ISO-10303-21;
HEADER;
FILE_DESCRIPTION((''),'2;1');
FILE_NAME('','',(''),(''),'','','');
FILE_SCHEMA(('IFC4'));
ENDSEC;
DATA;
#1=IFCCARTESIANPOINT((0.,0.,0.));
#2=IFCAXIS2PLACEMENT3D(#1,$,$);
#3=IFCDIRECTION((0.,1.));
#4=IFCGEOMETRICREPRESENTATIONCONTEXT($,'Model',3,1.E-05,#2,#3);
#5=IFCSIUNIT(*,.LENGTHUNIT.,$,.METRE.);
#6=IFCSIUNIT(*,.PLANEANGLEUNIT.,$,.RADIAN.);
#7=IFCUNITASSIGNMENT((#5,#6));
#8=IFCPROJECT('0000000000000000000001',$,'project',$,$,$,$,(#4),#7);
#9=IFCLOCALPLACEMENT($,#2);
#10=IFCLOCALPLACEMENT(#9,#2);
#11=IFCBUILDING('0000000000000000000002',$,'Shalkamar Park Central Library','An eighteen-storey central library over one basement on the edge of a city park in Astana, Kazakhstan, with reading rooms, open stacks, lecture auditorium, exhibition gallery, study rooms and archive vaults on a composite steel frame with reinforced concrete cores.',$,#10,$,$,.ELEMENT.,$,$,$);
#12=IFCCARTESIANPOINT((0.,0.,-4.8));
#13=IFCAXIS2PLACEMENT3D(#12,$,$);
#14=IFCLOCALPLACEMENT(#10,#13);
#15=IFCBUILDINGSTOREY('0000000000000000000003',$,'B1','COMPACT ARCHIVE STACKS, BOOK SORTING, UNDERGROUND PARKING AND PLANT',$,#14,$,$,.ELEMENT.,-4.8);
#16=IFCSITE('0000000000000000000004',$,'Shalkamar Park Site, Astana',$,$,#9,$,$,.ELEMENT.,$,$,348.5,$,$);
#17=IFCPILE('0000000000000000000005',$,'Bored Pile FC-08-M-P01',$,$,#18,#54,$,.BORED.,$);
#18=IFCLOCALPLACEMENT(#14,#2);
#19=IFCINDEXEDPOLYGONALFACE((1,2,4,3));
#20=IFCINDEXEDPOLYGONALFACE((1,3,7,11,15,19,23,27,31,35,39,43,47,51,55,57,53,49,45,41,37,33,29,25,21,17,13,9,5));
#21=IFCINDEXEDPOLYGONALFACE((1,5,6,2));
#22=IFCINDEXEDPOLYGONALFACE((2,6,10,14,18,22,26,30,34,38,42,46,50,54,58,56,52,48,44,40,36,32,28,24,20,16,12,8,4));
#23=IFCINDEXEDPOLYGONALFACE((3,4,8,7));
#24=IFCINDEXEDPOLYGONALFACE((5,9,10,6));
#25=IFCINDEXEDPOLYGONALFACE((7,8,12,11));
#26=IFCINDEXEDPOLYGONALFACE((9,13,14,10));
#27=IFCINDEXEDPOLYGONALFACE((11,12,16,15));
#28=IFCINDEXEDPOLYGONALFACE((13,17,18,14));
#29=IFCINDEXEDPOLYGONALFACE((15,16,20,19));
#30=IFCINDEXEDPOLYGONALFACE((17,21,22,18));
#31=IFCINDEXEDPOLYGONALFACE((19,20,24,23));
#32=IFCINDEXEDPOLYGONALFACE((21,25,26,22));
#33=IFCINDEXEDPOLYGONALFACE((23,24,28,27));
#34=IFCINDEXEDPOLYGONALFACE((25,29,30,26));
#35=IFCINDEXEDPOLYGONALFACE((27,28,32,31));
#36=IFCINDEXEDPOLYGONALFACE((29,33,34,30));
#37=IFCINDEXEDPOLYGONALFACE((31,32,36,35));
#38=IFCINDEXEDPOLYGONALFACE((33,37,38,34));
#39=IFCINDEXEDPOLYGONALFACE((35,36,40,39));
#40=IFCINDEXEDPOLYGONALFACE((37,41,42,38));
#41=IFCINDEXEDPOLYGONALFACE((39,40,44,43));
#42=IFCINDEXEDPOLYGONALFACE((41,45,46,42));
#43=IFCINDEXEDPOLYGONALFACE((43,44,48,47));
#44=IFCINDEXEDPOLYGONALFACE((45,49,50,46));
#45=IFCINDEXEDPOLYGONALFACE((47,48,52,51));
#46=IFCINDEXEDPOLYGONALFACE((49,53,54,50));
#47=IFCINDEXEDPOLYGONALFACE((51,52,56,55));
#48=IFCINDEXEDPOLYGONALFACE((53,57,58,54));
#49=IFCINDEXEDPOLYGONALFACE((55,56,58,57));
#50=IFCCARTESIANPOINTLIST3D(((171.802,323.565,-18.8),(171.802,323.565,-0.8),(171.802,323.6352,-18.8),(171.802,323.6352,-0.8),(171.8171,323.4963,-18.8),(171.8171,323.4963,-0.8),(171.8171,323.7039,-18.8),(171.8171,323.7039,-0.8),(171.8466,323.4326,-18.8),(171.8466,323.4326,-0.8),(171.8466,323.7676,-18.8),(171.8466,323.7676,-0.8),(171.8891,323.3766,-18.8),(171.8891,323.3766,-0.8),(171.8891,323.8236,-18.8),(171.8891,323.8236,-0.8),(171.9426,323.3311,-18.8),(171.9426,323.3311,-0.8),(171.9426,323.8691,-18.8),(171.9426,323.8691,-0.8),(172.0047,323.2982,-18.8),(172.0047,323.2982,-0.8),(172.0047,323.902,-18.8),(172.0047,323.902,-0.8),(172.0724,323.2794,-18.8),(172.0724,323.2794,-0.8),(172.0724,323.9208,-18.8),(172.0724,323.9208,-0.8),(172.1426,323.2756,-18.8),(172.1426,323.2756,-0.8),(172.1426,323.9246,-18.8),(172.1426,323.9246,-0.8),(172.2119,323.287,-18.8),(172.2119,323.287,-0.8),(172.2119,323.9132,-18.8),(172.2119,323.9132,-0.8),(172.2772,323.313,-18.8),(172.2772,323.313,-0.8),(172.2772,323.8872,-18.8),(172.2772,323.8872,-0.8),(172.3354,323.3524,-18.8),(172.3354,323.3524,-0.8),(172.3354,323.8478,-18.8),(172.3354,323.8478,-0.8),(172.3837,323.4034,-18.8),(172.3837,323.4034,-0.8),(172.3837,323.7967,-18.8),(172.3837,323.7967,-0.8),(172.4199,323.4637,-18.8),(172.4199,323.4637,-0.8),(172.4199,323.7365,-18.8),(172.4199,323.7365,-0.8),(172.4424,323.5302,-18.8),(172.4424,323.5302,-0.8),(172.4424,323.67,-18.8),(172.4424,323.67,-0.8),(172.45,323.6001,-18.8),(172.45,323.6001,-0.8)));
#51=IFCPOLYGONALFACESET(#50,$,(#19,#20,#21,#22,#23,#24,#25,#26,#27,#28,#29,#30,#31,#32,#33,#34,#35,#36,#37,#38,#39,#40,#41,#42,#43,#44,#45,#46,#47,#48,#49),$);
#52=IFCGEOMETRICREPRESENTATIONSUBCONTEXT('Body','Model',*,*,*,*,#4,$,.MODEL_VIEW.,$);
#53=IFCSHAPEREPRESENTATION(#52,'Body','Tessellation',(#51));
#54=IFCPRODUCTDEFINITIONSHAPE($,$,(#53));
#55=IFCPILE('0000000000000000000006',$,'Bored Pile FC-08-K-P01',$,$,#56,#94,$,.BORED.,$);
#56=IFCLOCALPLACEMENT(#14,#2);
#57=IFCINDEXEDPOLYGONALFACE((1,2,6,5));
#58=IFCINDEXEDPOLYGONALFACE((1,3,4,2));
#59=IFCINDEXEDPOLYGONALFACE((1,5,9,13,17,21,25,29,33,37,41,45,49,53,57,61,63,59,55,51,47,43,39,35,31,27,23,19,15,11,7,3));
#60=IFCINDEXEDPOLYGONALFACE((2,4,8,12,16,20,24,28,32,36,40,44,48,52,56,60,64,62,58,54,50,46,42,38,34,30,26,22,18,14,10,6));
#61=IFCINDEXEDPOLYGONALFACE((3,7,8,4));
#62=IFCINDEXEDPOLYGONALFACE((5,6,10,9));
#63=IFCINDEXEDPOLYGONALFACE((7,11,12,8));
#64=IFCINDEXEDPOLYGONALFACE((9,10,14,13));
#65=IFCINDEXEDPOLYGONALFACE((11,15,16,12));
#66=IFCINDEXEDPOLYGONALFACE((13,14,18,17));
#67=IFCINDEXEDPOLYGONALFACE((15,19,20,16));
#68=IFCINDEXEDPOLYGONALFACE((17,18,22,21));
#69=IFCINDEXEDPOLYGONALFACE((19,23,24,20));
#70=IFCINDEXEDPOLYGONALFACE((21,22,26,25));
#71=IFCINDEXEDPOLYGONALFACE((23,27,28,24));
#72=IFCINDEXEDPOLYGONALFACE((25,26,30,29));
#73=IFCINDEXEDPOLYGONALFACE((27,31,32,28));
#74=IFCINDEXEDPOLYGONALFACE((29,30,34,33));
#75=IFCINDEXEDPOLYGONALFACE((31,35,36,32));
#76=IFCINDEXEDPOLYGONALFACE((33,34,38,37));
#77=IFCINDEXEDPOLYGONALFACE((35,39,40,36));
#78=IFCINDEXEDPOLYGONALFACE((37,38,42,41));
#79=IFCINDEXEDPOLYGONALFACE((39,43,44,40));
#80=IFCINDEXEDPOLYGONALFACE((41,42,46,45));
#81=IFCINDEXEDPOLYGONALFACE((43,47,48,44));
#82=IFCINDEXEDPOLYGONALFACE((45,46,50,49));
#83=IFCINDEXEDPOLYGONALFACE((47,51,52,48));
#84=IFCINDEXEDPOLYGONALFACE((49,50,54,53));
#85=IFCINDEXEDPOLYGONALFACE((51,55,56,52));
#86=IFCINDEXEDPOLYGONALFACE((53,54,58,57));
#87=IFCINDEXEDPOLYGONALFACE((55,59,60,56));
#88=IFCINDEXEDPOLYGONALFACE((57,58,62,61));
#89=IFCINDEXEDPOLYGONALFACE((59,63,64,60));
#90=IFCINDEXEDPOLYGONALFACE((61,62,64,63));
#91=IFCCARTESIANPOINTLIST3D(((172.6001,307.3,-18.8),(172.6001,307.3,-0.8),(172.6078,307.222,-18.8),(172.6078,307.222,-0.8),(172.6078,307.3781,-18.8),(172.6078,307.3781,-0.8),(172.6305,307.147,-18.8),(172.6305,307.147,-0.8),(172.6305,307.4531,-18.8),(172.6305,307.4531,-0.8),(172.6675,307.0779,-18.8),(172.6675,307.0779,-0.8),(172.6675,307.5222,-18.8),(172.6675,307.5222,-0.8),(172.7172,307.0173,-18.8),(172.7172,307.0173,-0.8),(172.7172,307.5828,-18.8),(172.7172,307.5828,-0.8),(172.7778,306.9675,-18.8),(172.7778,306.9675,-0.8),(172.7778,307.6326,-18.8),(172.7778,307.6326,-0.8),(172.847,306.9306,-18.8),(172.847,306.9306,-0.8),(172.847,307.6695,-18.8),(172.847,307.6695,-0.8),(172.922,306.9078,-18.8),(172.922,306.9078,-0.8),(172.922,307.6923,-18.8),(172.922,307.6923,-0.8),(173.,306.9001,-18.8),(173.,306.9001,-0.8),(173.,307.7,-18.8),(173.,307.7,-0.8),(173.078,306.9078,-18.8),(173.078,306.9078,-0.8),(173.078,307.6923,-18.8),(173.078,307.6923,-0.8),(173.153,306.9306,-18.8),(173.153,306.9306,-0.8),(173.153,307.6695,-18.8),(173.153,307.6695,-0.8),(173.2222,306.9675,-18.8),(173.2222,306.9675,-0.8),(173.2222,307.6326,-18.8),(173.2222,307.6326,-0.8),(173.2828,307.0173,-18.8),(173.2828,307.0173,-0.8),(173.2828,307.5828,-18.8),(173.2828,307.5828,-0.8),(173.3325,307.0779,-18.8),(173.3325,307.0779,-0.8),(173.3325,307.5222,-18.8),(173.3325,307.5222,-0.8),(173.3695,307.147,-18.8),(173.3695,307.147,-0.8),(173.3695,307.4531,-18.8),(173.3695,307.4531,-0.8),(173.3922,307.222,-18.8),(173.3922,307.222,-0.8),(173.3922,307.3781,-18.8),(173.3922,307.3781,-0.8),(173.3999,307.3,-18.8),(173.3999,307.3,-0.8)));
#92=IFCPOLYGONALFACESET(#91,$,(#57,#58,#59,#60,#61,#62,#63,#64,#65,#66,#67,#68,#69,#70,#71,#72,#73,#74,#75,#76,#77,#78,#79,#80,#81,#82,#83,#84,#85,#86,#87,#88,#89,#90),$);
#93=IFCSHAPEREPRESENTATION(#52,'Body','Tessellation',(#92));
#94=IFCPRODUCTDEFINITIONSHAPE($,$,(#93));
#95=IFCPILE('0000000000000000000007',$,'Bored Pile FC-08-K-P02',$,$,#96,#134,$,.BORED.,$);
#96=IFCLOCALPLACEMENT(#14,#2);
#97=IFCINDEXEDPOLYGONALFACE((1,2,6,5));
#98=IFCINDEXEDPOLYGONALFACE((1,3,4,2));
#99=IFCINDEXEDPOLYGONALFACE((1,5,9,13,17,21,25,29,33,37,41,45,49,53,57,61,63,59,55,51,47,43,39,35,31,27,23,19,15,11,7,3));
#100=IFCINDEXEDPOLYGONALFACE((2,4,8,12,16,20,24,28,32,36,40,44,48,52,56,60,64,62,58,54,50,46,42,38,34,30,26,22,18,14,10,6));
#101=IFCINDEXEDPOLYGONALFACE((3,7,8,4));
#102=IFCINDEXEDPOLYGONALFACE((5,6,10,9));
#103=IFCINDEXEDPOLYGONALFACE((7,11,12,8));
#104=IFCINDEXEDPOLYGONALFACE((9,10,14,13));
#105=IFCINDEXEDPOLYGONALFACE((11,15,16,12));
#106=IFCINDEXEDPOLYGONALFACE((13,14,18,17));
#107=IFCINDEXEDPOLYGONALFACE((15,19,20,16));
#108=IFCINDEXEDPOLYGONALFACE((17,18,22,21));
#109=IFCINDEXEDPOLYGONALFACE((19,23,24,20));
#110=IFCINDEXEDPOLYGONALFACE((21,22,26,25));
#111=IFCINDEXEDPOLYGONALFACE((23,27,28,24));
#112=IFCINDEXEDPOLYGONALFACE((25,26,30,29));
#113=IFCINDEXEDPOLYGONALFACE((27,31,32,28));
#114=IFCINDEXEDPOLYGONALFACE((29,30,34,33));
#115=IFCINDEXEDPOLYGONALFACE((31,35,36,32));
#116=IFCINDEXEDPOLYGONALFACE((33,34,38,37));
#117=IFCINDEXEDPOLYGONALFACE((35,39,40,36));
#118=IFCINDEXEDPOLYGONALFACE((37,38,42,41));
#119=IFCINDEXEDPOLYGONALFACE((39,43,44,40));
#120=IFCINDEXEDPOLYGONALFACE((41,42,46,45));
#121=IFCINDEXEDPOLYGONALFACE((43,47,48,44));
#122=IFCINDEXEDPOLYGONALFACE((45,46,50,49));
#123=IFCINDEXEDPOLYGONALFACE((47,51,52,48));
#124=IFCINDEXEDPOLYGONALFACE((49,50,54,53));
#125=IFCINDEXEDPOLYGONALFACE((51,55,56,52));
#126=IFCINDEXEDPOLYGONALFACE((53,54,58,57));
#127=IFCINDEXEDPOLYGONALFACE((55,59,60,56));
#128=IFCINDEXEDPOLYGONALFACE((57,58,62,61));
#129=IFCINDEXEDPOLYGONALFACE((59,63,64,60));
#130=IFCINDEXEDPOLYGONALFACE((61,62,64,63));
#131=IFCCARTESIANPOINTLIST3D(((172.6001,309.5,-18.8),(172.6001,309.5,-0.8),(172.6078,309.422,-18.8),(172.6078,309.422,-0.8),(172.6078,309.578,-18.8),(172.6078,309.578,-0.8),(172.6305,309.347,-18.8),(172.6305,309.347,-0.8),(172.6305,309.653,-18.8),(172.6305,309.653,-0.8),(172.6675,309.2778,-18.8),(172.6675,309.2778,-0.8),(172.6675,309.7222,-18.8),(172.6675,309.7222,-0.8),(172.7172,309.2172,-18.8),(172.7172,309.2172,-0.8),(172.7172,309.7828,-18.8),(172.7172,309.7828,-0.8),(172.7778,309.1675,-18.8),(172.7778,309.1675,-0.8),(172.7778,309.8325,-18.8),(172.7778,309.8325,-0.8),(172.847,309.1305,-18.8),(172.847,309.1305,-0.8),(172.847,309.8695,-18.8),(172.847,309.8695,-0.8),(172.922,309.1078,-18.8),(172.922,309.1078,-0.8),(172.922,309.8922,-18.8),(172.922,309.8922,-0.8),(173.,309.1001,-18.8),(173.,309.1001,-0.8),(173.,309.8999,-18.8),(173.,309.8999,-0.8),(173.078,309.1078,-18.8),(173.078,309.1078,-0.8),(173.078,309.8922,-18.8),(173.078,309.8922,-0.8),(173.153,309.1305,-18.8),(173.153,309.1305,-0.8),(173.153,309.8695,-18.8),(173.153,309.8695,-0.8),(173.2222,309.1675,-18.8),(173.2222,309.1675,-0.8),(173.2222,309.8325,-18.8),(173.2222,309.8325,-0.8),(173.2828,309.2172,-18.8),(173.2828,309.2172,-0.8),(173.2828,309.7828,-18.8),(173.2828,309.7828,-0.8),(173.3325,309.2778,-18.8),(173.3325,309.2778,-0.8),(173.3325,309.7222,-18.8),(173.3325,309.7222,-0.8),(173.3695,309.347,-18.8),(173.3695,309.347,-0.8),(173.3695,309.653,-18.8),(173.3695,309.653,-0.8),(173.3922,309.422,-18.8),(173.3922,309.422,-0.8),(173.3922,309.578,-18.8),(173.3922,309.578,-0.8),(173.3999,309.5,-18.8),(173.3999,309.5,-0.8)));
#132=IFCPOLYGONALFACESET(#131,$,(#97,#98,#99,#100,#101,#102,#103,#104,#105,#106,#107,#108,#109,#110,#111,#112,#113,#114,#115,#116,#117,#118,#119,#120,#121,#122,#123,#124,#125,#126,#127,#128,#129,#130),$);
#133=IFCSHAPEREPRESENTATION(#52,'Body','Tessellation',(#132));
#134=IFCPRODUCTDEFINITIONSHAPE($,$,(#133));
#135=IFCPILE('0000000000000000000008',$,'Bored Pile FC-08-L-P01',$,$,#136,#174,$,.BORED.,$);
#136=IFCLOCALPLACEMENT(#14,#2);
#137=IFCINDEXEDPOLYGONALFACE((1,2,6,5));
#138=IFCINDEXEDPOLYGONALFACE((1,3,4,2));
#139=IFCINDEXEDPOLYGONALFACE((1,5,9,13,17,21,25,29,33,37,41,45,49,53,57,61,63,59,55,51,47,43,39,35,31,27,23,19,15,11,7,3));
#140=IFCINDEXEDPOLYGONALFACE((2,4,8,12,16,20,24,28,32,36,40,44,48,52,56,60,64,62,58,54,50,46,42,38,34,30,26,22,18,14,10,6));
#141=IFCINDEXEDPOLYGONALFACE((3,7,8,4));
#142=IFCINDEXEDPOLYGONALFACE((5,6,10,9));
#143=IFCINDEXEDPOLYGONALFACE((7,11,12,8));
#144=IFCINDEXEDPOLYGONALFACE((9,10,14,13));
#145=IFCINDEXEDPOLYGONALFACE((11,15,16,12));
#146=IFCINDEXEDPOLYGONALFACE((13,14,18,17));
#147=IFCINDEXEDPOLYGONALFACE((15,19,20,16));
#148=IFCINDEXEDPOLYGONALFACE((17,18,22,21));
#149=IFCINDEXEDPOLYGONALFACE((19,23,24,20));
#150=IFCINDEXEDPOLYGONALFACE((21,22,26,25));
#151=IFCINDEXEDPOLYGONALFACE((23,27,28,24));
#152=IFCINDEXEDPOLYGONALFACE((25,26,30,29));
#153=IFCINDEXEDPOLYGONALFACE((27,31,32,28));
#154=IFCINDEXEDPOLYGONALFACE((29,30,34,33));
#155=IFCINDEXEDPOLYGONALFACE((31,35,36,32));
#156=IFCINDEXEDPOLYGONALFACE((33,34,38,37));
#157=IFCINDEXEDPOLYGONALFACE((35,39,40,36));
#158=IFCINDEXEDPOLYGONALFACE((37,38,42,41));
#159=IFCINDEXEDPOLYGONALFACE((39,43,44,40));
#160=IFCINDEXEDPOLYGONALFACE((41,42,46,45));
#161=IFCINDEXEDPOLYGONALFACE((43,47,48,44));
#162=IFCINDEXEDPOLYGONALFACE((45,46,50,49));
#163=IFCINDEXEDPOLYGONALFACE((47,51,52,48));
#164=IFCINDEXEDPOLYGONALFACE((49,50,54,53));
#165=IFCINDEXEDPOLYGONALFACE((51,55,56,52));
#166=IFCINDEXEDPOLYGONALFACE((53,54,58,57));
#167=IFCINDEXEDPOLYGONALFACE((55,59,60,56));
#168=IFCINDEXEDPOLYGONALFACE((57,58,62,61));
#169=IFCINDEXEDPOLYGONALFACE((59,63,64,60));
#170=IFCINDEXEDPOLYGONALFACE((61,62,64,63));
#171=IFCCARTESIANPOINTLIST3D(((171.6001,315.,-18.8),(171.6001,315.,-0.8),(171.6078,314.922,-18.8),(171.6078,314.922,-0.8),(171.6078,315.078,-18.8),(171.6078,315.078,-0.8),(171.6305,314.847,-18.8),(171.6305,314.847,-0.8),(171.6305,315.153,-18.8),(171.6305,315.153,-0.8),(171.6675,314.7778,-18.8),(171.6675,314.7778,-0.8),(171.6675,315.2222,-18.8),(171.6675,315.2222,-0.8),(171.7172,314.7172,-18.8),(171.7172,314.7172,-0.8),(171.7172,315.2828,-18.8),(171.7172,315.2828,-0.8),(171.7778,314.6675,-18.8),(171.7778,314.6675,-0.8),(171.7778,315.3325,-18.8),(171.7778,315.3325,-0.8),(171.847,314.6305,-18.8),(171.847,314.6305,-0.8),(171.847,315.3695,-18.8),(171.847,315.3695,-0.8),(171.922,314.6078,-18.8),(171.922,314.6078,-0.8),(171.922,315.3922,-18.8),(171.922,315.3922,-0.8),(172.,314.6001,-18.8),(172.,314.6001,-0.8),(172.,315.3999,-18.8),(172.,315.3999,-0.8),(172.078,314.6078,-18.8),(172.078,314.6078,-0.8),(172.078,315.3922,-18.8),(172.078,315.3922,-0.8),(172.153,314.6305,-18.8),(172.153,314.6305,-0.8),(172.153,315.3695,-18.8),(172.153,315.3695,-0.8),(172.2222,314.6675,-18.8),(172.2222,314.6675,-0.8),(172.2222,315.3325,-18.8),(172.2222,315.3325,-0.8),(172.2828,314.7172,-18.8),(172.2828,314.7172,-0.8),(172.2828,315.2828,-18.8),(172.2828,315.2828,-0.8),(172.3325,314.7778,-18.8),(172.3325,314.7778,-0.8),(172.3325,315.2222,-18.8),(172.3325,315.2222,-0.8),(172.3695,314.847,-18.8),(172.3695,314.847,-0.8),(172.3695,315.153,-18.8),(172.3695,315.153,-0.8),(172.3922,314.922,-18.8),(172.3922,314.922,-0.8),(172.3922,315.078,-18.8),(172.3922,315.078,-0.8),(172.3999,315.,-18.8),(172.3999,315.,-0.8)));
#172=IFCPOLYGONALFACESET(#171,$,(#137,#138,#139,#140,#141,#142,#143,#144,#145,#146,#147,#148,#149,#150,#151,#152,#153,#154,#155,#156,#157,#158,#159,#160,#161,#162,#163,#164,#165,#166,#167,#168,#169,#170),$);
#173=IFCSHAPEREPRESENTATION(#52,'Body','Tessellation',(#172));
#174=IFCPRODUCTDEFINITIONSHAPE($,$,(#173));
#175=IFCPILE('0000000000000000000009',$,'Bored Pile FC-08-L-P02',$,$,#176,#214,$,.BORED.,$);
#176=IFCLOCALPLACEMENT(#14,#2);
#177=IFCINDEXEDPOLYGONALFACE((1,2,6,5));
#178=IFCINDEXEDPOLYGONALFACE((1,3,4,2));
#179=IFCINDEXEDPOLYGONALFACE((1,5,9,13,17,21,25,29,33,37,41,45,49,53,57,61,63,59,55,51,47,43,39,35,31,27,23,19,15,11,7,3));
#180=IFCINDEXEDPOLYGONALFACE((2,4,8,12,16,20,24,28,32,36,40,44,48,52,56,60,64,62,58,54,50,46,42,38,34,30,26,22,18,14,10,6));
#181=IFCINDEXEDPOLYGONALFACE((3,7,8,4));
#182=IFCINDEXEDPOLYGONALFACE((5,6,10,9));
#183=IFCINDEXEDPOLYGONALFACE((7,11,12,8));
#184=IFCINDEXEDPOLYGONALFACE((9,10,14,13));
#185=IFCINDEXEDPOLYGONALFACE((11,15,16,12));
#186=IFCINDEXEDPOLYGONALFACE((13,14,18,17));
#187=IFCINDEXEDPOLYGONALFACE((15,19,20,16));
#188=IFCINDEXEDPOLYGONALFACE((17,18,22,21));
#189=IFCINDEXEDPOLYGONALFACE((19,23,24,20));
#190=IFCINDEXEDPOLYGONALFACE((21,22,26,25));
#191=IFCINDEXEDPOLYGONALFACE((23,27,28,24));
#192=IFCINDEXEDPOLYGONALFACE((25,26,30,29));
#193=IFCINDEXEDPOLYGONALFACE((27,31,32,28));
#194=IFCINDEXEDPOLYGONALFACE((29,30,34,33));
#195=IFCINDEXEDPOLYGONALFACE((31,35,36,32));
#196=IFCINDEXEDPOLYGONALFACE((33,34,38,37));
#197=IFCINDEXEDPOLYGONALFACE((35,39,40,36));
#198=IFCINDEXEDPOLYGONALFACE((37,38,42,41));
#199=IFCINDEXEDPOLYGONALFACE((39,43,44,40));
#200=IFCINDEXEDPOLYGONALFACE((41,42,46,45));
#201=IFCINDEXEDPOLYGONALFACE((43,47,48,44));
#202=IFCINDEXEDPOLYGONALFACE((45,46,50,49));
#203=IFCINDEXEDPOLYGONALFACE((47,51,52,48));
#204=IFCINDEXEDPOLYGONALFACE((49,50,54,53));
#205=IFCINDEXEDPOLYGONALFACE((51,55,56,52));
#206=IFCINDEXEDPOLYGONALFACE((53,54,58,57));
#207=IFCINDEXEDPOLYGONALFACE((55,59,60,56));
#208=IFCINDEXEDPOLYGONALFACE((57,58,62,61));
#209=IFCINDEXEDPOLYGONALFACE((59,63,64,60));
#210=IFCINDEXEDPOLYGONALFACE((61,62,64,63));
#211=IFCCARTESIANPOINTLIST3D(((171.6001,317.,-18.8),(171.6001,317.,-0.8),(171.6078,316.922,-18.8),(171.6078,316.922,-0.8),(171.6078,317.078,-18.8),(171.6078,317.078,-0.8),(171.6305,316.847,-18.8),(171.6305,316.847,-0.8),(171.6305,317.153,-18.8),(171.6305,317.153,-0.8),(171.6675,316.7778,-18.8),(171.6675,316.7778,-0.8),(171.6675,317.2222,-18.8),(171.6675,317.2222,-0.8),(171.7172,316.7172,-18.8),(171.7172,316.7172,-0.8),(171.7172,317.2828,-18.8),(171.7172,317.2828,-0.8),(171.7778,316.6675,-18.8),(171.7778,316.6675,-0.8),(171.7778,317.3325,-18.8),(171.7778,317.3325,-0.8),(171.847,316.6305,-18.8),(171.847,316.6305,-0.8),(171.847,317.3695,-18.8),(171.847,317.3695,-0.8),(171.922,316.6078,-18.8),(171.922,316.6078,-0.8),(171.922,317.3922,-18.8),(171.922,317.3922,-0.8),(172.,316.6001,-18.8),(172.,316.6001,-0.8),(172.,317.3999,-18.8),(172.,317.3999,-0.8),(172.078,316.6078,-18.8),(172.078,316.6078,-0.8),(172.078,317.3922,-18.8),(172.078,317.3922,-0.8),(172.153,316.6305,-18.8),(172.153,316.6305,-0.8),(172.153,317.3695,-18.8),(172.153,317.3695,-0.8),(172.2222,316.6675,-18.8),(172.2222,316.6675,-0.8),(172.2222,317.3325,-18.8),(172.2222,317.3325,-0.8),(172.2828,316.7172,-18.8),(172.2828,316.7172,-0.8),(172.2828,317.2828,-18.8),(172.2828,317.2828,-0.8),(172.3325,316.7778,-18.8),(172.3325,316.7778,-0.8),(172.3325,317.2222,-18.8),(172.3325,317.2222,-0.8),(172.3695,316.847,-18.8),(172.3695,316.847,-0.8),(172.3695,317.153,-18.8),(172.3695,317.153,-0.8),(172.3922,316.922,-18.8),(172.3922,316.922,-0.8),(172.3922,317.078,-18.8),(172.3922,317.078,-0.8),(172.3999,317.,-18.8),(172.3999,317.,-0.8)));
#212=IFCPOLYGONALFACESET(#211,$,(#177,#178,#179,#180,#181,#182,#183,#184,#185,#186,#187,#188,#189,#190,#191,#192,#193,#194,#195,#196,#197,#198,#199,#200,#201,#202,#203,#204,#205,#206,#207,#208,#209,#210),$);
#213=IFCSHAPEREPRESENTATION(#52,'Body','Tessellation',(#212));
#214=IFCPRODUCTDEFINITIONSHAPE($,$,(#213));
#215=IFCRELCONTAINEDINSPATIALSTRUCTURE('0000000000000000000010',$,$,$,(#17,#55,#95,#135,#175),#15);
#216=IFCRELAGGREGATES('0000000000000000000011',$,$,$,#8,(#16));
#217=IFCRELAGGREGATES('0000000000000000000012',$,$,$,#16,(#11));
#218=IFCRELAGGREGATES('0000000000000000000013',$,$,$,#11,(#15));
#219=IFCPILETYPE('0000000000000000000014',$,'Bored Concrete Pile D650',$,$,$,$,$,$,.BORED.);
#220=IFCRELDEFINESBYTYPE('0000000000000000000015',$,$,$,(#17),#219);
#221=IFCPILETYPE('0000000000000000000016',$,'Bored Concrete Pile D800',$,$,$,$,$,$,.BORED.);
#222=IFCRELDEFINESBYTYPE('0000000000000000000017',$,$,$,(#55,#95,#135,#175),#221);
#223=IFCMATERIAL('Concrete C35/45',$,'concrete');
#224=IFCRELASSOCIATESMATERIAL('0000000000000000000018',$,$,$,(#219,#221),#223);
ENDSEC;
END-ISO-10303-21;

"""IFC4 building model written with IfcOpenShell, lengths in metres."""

from ifc_helpers import new_model, si_unit, direction, frame, origin, origin_2d, place, context, subcontext, project, spatial, circle, extrude, material, material_profile, profile_set, type_object, element, save


model = new_model("IFC4")

# Units and contexts
model_context = context("Model", 3, precision=1e-05, world=origin(), true_north=direction((0.0, 1.0)))
body_context = subcontext(model_context, "Body", "Model", "MODEL_VIEW")
ifc_project = project(units=[si_unit("LENGTHUNIT", "METRE"), si_unit("PLANEANGLEUNIT", "RADIAN")], contexts=[model_context])

# Site, building, storey
site_placement = place(None, origin())
site = spatial("IfcSite", under=ifc_project, at=site_placement, Name="Shalkamar Park Site, Astana", CompositionType="ELEMENT", RefElevation=348.5)
building_placement = place(site_placement, origin())
building = spatial("IfcBuilding", under=site, at=building_placement, Name="Shalkamar Park Central Library", Description="An eighteen-storey central library over one basement on the edge of a city park in Astana, Kazakhstan, with reading rooms, open stacks, lecture auditorium, exhibition gallery, study rooms and archive vaults on a composite steel frame with reinforced concrete cores.", CompositionType="ELEMENT")
storey_placement = place(building_placement, frame((0.0, 0.0, -4.8)))
storey = spatial("IfcBuildingStorey", under=building, at=storey_placement, Name="B1", Description="COMPACT ARCHIVE STACKS, BOOK SORTING, UNDERGROUND PARKING AND PLANT", CompositionType="ELEMENT", Elevation=-4.8)

# Piles
ifc_material_1 = material(Name="Concrete C35/45", Category="concrete")
ifc_material_profile_1 = material_profile(ifc_material_1, circle(Radius=0.325, at=origin_2d()), Name="PILE D650")
ifc_profile_set_1 = profile_set([ifc_material_profile_1], Name="Concrete C35/45")
pile_type_1 = type_object("IfcPileType", Name="Bored Concrete Pile D650", PredefinedType="BORED", material=ifc_profile_set_1)
pile_placement = place(storey_placement, frame((172.125, 323.6001, -0.8), z_axis=(0.0, 0.0, -1.0), x_axis=(1.0, 0.0, 0.0)))
element("IfcPile", 1, at=pile_placement, inside=storey, type_object=pile_type_1, Name="Bored Pile FC-08-M-P01", PredefinedType="BORED", context=body_context, shape_type="SweptSolid", body=[
    extrude(circle(Radius=0.325, at=origin_2d()), origin(), (0.0, 0.0, 1.0), 18.0),
])
ifc_material_profile_2 = material_profile(ifc_material_1, circle(Radius=0.3999, at=origin_2d()), Name="PILE D800")
ifc_profile_set_2 = profile_set([ifc_material_profile_2], Name="Concrete C35/45")
pile_type_2 = type_object("IfcPileType", Name="Bored Concrete Pile D800", PredefinedType="BORED", material=ifc_profile_set_2)
for number, where, z_axis, x_axis, name in (
    (2, (173.0, 307.3, -0.8), (0.0, 0.0, -1.0), (1.0, 0.0, 0.0), "Bored Pile FC-08-K-P01"),
    (3, (173.0, 309.5, -0.8), (0.0, 0.0, -1.0), (1.0, 0.0, 0.0), "Bored Pile FC-08-K-P02"),
    (4, (172.0, 315.0, -0.8), (0.0, 0.0, -1.0), (1.0, 0.0, 0.0), "Bored Pile FC-08-L-P01"),
    (5, (172.0, 317.0, -0.8), (0.0, 0.0, -1.0), (1.0, 0.0, 0.0), "Bored Pile FC-08-L-P02"),
):
    element("IfcPile", number, at=place(storey_placement, frame(where, z_axis=z_axis, x_axis=x_axis)), inside=storey, type_object=pile_type_2, Name=name, PredefinedType="BORED", context=body_context, shape_type="SweptSolid", body=[
        extrude(circle(Radius=0.3999, at=origin_2d()), origin(), (0.0, 0.0, 1.0), 18.0),
    ])

save(model, "model.ifc")
